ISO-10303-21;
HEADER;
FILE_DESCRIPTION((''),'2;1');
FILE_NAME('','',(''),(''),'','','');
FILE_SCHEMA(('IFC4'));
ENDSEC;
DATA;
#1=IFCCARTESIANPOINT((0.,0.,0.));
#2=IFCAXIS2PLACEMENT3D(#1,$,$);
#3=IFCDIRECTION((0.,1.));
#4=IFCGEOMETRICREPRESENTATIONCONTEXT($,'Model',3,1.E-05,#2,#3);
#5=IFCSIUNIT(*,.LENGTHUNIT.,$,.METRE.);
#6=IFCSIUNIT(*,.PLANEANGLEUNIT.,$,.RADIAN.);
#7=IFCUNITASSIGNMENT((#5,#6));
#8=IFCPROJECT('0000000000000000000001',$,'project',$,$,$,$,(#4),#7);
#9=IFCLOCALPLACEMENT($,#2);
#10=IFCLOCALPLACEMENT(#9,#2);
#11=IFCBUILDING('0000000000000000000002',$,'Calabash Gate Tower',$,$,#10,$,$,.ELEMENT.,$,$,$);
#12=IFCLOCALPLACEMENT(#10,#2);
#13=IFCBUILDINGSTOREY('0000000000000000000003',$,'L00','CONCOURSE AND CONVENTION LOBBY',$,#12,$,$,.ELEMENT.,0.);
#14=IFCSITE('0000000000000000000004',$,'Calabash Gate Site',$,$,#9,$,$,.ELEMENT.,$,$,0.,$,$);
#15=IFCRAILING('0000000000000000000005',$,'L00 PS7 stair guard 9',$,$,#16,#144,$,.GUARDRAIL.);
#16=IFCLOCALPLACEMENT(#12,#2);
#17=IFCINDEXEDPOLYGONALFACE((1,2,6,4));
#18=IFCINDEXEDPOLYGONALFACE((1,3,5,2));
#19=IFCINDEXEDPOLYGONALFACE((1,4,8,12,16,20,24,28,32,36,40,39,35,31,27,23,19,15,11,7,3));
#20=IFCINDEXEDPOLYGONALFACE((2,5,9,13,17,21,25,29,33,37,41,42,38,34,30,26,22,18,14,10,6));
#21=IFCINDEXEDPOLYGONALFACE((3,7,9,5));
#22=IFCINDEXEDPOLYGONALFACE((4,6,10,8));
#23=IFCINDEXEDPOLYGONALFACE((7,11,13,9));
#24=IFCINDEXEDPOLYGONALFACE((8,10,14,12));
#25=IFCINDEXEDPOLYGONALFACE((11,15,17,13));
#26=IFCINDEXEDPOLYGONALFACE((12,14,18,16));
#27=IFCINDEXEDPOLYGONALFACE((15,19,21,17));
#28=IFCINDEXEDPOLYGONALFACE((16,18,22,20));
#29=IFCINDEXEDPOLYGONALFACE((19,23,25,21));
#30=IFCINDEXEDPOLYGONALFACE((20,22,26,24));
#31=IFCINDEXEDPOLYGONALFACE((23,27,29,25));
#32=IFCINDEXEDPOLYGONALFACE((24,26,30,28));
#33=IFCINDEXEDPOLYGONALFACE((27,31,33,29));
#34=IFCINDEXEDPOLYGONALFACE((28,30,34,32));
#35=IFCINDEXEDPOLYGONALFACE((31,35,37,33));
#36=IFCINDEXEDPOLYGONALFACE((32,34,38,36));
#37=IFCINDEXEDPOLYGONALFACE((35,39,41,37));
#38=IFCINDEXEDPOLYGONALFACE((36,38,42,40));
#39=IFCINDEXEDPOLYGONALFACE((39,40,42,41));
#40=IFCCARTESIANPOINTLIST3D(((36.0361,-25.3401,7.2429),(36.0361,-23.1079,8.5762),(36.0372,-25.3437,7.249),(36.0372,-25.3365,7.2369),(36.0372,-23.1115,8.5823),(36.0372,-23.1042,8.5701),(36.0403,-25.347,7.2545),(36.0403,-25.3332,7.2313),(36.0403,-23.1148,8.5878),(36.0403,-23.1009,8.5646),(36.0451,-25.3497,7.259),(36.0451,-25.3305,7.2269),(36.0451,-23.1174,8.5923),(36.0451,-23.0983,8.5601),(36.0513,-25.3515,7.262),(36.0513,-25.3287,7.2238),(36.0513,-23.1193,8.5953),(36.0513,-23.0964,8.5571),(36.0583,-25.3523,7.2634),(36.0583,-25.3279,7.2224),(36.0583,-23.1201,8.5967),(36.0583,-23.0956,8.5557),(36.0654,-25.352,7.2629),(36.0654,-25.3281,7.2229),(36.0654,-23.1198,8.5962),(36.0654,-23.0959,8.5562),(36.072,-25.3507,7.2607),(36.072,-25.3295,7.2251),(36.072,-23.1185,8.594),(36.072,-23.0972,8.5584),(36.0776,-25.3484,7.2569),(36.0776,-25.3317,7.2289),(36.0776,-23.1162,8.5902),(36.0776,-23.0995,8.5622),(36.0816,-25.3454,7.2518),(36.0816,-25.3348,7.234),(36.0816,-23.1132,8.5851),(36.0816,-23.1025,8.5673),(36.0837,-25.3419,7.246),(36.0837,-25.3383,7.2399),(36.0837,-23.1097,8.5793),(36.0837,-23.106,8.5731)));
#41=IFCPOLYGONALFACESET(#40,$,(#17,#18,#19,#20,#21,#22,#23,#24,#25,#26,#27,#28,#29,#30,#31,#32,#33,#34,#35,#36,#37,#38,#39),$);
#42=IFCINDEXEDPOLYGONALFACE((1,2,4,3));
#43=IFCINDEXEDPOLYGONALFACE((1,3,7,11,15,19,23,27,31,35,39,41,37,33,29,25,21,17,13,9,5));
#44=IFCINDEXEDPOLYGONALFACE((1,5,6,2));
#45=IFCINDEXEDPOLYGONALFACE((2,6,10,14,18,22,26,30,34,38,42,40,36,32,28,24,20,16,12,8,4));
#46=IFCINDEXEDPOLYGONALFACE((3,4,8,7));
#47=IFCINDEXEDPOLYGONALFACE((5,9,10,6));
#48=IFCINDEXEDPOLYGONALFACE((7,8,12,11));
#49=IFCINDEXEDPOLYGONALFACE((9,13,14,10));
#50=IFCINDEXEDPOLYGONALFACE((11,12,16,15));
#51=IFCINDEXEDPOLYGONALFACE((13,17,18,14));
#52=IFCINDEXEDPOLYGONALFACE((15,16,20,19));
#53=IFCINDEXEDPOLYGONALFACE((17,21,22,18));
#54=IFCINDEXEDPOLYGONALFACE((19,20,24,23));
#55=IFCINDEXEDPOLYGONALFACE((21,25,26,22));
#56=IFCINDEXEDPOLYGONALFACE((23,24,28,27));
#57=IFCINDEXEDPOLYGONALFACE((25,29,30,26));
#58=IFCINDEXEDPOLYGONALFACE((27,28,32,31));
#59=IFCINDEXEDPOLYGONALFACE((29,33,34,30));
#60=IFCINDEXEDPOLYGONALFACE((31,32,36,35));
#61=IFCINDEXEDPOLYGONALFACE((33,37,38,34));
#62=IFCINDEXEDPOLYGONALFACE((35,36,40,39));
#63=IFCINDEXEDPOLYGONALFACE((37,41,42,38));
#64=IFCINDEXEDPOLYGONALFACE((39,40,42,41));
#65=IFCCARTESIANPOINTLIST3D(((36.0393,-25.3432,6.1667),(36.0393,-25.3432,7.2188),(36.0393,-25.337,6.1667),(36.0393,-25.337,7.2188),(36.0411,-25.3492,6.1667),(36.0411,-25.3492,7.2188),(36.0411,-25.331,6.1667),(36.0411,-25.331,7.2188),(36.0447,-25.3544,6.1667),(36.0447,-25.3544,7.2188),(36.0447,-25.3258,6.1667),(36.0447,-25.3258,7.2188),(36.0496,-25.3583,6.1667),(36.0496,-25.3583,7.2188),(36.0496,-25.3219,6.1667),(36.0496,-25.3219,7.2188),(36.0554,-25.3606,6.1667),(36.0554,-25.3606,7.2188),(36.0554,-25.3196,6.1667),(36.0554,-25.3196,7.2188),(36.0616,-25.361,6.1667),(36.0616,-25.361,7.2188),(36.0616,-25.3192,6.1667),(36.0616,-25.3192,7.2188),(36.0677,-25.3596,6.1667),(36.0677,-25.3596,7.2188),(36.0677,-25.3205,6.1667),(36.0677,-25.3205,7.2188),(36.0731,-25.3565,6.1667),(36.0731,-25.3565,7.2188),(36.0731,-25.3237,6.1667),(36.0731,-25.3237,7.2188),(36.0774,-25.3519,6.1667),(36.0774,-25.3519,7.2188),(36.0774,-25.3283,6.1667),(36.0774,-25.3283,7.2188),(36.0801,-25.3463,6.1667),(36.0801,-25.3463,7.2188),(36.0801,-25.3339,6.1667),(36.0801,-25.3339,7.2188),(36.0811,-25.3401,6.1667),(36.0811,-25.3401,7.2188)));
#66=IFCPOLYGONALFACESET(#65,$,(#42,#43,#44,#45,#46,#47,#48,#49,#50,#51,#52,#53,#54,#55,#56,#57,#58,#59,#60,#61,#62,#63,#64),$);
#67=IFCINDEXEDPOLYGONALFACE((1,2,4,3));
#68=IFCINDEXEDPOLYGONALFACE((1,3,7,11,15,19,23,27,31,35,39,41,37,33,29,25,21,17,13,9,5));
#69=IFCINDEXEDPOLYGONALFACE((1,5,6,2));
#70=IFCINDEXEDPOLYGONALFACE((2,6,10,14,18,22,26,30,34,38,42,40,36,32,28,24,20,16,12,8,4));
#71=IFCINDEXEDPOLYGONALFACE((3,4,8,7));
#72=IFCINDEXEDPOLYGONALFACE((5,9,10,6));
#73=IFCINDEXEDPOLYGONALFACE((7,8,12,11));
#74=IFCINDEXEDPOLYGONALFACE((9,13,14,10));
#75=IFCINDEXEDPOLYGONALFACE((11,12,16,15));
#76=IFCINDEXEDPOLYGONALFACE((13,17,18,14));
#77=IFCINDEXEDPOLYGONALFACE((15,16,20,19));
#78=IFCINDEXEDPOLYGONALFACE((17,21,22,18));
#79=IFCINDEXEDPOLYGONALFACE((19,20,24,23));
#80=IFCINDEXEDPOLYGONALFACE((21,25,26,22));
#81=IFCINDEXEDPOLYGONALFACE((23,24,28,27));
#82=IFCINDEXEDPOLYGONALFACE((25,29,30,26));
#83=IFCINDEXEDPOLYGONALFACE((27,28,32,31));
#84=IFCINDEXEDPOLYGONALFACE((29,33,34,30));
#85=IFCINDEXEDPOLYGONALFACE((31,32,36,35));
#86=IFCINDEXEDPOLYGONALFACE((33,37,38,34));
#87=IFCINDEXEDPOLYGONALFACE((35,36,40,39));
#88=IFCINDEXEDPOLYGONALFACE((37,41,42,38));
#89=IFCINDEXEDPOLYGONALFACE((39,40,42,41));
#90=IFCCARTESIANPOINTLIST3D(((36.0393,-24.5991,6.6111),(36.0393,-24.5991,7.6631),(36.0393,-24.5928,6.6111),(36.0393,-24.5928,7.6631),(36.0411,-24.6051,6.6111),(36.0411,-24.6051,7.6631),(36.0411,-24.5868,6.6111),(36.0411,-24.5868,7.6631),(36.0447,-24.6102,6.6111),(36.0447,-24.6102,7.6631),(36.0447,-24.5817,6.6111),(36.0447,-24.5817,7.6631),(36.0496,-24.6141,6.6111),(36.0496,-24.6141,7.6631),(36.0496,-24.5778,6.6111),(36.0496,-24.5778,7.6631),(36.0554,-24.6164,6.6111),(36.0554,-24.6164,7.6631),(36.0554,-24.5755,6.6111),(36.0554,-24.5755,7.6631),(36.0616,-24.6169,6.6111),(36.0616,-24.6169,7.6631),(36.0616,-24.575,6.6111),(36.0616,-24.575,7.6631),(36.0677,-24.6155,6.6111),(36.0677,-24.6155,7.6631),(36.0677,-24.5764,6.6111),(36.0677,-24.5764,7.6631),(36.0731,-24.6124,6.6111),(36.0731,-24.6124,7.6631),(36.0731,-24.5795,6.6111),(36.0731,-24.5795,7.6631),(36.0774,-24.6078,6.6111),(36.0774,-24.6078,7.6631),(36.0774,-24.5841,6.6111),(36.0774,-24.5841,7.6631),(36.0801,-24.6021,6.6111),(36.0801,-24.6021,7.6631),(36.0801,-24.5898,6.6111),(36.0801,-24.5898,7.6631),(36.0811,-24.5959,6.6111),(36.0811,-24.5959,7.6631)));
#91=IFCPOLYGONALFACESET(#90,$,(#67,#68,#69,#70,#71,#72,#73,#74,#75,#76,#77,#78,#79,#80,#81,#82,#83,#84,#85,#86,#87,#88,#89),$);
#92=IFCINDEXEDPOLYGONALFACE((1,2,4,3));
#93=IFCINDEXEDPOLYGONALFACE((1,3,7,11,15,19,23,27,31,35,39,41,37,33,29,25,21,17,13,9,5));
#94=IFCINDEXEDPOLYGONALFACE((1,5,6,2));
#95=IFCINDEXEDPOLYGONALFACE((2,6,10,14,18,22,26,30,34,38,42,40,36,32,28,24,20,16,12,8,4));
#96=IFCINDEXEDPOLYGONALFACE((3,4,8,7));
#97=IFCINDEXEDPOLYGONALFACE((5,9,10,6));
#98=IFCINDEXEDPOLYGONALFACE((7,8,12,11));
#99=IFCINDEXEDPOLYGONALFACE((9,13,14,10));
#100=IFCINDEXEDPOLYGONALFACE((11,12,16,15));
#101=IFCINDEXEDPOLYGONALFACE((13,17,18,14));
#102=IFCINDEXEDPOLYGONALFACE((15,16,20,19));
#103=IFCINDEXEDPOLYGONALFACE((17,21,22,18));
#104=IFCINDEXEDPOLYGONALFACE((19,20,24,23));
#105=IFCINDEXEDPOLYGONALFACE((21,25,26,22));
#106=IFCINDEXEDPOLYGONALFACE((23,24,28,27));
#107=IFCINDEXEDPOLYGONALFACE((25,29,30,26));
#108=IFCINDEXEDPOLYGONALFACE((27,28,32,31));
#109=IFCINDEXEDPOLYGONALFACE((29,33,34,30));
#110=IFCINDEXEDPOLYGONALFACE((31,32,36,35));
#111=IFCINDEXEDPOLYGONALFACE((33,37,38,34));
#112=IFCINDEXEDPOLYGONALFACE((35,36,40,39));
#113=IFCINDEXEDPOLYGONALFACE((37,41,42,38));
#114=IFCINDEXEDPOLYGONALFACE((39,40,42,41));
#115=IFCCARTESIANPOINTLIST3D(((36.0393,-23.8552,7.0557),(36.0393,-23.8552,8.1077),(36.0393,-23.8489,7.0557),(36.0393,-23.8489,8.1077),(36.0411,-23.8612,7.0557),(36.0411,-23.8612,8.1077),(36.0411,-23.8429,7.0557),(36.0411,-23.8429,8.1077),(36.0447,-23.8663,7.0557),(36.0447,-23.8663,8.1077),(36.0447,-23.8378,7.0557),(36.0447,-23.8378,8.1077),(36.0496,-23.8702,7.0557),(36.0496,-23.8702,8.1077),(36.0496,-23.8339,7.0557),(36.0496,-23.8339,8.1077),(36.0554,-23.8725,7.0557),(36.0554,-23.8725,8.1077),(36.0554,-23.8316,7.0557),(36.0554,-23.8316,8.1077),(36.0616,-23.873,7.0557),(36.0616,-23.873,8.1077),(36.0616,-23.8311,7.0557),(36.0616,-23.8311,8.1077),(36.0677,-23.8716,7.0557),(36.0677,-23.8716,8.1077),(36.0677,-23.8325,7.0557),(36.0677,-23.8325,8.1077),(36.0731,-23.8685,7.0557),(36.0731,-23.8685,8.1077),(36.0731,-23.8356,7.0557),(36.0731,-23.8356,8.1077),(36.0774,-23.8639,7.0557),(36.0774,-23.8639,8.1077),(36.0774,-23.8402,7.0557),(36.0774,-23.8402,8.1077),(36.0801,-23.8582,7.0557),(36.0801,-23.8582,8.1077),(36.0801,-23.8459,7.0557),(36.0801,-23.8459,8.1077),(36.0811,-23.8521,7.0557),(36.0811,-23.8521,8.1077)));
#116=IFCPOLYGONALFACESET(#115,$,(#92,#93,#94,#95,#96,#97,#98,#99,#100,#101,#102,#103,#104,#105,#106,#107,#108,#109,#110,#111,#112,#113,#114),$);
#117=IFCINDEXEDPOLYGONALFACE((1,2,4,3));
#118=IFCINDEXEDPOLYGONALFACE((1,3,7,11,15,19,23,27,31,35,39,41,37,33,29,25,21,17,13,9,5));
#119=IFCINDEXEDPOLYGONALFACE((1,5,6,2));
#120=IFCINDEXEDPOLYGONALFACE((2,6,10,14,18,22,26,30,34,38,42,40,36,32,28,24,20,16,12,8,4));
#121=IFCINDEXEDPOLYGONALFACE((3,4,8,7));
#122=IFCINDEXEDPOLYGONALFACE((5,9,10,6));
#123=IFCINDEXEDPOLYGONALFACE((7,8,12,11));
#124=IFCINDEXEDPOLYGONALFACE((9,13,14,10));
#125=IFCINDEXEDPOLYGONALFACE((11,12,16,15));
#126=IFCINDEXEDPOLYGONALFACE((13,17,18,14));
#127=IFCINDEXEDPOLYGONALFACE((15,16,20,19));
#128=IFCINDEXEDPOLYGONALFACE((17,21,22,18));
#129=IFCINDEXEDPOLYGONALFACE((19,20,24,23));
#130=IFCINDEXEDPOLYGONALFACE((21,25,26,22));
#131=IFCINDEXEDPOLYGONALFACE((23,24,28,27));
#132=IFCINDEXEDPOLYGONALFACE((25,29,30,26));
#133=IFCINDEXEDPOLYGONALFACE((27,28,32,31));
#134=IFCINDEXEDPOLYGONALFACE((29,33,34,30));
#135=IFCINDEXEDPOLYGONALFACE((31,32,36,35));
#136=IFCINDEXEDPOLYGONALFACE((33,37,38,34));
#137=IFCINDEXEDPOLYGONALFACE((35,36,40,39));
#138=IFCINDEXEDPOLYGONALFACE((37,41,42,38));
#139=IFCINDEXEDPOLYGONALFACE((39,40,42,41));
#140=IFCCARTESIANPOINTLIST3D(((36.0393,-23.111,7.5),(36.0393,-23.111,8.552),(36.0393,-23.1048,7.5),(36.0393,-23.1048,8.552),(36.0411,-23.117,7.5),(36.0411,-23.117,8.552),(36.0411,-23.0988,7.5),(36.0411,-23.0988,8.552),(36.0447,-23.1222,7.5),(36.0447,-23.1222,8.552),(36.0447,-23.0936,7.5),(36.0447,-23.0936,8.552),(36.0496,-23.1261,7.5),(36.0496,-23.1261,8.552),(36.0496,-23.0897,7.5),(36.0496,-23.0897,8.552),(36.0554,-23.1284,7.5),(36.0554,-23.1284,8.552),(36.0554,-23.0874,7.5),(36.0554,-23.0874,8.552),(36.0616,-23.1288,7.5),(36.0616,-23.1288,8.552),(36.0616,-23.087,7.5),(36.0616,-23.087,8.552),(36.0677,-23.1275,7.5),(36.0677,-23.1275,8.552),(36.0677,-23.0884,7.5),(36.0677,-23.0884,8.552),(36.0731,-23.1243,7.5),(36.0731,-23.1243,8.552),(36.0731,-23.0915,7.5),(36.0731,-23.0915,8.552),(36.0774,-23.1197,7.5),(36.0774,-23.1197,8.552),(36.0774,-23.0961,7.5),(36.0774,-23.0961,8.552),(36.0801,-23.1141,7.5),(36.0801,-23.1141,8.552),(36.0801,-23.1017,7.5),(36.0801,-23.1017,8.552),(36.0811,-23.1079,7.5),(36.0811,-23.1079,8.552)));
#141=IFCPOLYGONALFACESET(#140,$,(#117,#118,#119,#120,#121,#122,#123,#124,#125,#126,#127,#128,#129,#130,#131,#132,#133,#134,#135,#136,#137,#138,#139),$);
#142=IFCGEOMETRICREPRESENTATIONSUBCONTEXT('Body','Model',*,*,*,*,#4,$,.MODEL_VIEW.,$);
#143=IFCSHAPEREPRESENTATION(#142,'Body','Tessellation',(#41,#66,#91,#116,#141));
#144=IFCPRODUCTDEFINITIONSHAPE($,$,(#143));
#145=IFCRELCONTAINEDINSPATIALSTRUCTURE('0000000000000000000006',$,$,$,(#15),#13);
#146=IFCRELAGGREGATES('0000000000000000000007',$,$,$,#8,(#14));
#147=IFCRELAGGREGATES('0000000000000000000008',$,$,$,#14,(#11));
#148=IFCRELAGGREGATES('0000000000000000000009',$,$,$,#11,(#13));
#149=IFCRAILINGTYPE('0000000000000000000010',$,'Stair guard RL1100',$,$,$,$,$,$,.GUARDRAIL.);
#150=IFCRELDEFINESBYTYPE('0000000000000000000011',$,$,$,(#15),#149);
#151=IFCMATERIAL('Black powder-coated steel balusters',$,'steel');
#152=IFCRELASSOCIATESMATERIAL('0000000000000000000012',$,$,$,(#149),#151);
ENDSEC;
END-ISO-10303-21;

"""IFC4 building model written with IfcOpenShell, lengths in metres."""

from ifc_helpers import new_model, si_unit, direction, frame, origin, origin_2d, place, context, subcontext, project, spatial, circle, extrude, material, type_object, element, save


model = new_model("IFC4")

# Units and contexts
model_context = context("Model", 3, precision=1e-05, world=origin(), true_north=direction((0.0, 1.0)))
body_context = subcontext(model_context, "Body", "Model", "MODEL_VIEW")
ifc_project = project(units=[si_unit("LENGTHUNIT", "METRE"), si_unit("PLANEANGLEUNIT", "RADIAN")], contexts=[model_context])

# Site, building, storey
site_placement = place(None, origin())
site = spatial("IfcSite", under=ifc_project, at=site_placement, Name="Calabash Gate Site", CompositionType="ELEMENT", RefElevation=0.0)
building_placement = place(site_placement, origin())
building = spatial("IfcBuilding", under=site, at=building_placement, Name="Calabash Gate Tower", CompositionType="ELEMENT")
storey_placement = place(building_placement, origin())
storey = spatial("IfcBuildingStorey", under=building, at=storey_placement, Name="L00", Description="CONCOURSE AND CONVENTION LOBBY", CompositionType="ELEMENT", Elevation=0.0)

# Railing
ifc_material_1 = material(Name="Black powder-coated steel balusters", Category="steel")
railing_type_1 = type_object("IfcRailingType", Name="Stair guard RL1100", PredefinedType="GUARDRAIL", material=ifc_material_1)
railing_1_placement = place(storey_placement, frame((36.0601, -25.3401, 6.1667)))
element("IfcRailing", 1, at=railing_1_placement, inside=storey, type_object=railing_type_1, Name="L00 PS7 stair guard 9", PredefinedType="GUARDRAIL", context=body_context, shape_type="SweptSolid", body=[
    extrude(circle(Radius=0.0239, at=origin_2d()), frame((0.0, 0.0, 1.0762), z_axis=(0.0, 0.858519, 0.512782), x_axis=(-1.0, 0.0, 0.0)), (0.0, 0.0, 1.0), 2.6001),
    extrude(circle(Radius=0.021, at=origin_2d()), origin(), (0.0, 0.0, 1.0), 1.052),
    extrude(circle(Radius=0.021, at=origin_2d()), frame((0.0, 0.7441, 0.4443)), (0.0, 0.0, 1.0), 1.052),
    extrude(circle(Radius=0.021, at=origin_2d()), frame((0.0, 1.488, 0.8889)), (0.0, 0.0, 1.0), 1.052),
    extrude(circle(Radius=0.021, at=origin_2d()), frame((0.0, 2.2322, 1.3333)), (0.0, 0.0, 1.0), 1.052),
])

save(model, "model.ifc")
